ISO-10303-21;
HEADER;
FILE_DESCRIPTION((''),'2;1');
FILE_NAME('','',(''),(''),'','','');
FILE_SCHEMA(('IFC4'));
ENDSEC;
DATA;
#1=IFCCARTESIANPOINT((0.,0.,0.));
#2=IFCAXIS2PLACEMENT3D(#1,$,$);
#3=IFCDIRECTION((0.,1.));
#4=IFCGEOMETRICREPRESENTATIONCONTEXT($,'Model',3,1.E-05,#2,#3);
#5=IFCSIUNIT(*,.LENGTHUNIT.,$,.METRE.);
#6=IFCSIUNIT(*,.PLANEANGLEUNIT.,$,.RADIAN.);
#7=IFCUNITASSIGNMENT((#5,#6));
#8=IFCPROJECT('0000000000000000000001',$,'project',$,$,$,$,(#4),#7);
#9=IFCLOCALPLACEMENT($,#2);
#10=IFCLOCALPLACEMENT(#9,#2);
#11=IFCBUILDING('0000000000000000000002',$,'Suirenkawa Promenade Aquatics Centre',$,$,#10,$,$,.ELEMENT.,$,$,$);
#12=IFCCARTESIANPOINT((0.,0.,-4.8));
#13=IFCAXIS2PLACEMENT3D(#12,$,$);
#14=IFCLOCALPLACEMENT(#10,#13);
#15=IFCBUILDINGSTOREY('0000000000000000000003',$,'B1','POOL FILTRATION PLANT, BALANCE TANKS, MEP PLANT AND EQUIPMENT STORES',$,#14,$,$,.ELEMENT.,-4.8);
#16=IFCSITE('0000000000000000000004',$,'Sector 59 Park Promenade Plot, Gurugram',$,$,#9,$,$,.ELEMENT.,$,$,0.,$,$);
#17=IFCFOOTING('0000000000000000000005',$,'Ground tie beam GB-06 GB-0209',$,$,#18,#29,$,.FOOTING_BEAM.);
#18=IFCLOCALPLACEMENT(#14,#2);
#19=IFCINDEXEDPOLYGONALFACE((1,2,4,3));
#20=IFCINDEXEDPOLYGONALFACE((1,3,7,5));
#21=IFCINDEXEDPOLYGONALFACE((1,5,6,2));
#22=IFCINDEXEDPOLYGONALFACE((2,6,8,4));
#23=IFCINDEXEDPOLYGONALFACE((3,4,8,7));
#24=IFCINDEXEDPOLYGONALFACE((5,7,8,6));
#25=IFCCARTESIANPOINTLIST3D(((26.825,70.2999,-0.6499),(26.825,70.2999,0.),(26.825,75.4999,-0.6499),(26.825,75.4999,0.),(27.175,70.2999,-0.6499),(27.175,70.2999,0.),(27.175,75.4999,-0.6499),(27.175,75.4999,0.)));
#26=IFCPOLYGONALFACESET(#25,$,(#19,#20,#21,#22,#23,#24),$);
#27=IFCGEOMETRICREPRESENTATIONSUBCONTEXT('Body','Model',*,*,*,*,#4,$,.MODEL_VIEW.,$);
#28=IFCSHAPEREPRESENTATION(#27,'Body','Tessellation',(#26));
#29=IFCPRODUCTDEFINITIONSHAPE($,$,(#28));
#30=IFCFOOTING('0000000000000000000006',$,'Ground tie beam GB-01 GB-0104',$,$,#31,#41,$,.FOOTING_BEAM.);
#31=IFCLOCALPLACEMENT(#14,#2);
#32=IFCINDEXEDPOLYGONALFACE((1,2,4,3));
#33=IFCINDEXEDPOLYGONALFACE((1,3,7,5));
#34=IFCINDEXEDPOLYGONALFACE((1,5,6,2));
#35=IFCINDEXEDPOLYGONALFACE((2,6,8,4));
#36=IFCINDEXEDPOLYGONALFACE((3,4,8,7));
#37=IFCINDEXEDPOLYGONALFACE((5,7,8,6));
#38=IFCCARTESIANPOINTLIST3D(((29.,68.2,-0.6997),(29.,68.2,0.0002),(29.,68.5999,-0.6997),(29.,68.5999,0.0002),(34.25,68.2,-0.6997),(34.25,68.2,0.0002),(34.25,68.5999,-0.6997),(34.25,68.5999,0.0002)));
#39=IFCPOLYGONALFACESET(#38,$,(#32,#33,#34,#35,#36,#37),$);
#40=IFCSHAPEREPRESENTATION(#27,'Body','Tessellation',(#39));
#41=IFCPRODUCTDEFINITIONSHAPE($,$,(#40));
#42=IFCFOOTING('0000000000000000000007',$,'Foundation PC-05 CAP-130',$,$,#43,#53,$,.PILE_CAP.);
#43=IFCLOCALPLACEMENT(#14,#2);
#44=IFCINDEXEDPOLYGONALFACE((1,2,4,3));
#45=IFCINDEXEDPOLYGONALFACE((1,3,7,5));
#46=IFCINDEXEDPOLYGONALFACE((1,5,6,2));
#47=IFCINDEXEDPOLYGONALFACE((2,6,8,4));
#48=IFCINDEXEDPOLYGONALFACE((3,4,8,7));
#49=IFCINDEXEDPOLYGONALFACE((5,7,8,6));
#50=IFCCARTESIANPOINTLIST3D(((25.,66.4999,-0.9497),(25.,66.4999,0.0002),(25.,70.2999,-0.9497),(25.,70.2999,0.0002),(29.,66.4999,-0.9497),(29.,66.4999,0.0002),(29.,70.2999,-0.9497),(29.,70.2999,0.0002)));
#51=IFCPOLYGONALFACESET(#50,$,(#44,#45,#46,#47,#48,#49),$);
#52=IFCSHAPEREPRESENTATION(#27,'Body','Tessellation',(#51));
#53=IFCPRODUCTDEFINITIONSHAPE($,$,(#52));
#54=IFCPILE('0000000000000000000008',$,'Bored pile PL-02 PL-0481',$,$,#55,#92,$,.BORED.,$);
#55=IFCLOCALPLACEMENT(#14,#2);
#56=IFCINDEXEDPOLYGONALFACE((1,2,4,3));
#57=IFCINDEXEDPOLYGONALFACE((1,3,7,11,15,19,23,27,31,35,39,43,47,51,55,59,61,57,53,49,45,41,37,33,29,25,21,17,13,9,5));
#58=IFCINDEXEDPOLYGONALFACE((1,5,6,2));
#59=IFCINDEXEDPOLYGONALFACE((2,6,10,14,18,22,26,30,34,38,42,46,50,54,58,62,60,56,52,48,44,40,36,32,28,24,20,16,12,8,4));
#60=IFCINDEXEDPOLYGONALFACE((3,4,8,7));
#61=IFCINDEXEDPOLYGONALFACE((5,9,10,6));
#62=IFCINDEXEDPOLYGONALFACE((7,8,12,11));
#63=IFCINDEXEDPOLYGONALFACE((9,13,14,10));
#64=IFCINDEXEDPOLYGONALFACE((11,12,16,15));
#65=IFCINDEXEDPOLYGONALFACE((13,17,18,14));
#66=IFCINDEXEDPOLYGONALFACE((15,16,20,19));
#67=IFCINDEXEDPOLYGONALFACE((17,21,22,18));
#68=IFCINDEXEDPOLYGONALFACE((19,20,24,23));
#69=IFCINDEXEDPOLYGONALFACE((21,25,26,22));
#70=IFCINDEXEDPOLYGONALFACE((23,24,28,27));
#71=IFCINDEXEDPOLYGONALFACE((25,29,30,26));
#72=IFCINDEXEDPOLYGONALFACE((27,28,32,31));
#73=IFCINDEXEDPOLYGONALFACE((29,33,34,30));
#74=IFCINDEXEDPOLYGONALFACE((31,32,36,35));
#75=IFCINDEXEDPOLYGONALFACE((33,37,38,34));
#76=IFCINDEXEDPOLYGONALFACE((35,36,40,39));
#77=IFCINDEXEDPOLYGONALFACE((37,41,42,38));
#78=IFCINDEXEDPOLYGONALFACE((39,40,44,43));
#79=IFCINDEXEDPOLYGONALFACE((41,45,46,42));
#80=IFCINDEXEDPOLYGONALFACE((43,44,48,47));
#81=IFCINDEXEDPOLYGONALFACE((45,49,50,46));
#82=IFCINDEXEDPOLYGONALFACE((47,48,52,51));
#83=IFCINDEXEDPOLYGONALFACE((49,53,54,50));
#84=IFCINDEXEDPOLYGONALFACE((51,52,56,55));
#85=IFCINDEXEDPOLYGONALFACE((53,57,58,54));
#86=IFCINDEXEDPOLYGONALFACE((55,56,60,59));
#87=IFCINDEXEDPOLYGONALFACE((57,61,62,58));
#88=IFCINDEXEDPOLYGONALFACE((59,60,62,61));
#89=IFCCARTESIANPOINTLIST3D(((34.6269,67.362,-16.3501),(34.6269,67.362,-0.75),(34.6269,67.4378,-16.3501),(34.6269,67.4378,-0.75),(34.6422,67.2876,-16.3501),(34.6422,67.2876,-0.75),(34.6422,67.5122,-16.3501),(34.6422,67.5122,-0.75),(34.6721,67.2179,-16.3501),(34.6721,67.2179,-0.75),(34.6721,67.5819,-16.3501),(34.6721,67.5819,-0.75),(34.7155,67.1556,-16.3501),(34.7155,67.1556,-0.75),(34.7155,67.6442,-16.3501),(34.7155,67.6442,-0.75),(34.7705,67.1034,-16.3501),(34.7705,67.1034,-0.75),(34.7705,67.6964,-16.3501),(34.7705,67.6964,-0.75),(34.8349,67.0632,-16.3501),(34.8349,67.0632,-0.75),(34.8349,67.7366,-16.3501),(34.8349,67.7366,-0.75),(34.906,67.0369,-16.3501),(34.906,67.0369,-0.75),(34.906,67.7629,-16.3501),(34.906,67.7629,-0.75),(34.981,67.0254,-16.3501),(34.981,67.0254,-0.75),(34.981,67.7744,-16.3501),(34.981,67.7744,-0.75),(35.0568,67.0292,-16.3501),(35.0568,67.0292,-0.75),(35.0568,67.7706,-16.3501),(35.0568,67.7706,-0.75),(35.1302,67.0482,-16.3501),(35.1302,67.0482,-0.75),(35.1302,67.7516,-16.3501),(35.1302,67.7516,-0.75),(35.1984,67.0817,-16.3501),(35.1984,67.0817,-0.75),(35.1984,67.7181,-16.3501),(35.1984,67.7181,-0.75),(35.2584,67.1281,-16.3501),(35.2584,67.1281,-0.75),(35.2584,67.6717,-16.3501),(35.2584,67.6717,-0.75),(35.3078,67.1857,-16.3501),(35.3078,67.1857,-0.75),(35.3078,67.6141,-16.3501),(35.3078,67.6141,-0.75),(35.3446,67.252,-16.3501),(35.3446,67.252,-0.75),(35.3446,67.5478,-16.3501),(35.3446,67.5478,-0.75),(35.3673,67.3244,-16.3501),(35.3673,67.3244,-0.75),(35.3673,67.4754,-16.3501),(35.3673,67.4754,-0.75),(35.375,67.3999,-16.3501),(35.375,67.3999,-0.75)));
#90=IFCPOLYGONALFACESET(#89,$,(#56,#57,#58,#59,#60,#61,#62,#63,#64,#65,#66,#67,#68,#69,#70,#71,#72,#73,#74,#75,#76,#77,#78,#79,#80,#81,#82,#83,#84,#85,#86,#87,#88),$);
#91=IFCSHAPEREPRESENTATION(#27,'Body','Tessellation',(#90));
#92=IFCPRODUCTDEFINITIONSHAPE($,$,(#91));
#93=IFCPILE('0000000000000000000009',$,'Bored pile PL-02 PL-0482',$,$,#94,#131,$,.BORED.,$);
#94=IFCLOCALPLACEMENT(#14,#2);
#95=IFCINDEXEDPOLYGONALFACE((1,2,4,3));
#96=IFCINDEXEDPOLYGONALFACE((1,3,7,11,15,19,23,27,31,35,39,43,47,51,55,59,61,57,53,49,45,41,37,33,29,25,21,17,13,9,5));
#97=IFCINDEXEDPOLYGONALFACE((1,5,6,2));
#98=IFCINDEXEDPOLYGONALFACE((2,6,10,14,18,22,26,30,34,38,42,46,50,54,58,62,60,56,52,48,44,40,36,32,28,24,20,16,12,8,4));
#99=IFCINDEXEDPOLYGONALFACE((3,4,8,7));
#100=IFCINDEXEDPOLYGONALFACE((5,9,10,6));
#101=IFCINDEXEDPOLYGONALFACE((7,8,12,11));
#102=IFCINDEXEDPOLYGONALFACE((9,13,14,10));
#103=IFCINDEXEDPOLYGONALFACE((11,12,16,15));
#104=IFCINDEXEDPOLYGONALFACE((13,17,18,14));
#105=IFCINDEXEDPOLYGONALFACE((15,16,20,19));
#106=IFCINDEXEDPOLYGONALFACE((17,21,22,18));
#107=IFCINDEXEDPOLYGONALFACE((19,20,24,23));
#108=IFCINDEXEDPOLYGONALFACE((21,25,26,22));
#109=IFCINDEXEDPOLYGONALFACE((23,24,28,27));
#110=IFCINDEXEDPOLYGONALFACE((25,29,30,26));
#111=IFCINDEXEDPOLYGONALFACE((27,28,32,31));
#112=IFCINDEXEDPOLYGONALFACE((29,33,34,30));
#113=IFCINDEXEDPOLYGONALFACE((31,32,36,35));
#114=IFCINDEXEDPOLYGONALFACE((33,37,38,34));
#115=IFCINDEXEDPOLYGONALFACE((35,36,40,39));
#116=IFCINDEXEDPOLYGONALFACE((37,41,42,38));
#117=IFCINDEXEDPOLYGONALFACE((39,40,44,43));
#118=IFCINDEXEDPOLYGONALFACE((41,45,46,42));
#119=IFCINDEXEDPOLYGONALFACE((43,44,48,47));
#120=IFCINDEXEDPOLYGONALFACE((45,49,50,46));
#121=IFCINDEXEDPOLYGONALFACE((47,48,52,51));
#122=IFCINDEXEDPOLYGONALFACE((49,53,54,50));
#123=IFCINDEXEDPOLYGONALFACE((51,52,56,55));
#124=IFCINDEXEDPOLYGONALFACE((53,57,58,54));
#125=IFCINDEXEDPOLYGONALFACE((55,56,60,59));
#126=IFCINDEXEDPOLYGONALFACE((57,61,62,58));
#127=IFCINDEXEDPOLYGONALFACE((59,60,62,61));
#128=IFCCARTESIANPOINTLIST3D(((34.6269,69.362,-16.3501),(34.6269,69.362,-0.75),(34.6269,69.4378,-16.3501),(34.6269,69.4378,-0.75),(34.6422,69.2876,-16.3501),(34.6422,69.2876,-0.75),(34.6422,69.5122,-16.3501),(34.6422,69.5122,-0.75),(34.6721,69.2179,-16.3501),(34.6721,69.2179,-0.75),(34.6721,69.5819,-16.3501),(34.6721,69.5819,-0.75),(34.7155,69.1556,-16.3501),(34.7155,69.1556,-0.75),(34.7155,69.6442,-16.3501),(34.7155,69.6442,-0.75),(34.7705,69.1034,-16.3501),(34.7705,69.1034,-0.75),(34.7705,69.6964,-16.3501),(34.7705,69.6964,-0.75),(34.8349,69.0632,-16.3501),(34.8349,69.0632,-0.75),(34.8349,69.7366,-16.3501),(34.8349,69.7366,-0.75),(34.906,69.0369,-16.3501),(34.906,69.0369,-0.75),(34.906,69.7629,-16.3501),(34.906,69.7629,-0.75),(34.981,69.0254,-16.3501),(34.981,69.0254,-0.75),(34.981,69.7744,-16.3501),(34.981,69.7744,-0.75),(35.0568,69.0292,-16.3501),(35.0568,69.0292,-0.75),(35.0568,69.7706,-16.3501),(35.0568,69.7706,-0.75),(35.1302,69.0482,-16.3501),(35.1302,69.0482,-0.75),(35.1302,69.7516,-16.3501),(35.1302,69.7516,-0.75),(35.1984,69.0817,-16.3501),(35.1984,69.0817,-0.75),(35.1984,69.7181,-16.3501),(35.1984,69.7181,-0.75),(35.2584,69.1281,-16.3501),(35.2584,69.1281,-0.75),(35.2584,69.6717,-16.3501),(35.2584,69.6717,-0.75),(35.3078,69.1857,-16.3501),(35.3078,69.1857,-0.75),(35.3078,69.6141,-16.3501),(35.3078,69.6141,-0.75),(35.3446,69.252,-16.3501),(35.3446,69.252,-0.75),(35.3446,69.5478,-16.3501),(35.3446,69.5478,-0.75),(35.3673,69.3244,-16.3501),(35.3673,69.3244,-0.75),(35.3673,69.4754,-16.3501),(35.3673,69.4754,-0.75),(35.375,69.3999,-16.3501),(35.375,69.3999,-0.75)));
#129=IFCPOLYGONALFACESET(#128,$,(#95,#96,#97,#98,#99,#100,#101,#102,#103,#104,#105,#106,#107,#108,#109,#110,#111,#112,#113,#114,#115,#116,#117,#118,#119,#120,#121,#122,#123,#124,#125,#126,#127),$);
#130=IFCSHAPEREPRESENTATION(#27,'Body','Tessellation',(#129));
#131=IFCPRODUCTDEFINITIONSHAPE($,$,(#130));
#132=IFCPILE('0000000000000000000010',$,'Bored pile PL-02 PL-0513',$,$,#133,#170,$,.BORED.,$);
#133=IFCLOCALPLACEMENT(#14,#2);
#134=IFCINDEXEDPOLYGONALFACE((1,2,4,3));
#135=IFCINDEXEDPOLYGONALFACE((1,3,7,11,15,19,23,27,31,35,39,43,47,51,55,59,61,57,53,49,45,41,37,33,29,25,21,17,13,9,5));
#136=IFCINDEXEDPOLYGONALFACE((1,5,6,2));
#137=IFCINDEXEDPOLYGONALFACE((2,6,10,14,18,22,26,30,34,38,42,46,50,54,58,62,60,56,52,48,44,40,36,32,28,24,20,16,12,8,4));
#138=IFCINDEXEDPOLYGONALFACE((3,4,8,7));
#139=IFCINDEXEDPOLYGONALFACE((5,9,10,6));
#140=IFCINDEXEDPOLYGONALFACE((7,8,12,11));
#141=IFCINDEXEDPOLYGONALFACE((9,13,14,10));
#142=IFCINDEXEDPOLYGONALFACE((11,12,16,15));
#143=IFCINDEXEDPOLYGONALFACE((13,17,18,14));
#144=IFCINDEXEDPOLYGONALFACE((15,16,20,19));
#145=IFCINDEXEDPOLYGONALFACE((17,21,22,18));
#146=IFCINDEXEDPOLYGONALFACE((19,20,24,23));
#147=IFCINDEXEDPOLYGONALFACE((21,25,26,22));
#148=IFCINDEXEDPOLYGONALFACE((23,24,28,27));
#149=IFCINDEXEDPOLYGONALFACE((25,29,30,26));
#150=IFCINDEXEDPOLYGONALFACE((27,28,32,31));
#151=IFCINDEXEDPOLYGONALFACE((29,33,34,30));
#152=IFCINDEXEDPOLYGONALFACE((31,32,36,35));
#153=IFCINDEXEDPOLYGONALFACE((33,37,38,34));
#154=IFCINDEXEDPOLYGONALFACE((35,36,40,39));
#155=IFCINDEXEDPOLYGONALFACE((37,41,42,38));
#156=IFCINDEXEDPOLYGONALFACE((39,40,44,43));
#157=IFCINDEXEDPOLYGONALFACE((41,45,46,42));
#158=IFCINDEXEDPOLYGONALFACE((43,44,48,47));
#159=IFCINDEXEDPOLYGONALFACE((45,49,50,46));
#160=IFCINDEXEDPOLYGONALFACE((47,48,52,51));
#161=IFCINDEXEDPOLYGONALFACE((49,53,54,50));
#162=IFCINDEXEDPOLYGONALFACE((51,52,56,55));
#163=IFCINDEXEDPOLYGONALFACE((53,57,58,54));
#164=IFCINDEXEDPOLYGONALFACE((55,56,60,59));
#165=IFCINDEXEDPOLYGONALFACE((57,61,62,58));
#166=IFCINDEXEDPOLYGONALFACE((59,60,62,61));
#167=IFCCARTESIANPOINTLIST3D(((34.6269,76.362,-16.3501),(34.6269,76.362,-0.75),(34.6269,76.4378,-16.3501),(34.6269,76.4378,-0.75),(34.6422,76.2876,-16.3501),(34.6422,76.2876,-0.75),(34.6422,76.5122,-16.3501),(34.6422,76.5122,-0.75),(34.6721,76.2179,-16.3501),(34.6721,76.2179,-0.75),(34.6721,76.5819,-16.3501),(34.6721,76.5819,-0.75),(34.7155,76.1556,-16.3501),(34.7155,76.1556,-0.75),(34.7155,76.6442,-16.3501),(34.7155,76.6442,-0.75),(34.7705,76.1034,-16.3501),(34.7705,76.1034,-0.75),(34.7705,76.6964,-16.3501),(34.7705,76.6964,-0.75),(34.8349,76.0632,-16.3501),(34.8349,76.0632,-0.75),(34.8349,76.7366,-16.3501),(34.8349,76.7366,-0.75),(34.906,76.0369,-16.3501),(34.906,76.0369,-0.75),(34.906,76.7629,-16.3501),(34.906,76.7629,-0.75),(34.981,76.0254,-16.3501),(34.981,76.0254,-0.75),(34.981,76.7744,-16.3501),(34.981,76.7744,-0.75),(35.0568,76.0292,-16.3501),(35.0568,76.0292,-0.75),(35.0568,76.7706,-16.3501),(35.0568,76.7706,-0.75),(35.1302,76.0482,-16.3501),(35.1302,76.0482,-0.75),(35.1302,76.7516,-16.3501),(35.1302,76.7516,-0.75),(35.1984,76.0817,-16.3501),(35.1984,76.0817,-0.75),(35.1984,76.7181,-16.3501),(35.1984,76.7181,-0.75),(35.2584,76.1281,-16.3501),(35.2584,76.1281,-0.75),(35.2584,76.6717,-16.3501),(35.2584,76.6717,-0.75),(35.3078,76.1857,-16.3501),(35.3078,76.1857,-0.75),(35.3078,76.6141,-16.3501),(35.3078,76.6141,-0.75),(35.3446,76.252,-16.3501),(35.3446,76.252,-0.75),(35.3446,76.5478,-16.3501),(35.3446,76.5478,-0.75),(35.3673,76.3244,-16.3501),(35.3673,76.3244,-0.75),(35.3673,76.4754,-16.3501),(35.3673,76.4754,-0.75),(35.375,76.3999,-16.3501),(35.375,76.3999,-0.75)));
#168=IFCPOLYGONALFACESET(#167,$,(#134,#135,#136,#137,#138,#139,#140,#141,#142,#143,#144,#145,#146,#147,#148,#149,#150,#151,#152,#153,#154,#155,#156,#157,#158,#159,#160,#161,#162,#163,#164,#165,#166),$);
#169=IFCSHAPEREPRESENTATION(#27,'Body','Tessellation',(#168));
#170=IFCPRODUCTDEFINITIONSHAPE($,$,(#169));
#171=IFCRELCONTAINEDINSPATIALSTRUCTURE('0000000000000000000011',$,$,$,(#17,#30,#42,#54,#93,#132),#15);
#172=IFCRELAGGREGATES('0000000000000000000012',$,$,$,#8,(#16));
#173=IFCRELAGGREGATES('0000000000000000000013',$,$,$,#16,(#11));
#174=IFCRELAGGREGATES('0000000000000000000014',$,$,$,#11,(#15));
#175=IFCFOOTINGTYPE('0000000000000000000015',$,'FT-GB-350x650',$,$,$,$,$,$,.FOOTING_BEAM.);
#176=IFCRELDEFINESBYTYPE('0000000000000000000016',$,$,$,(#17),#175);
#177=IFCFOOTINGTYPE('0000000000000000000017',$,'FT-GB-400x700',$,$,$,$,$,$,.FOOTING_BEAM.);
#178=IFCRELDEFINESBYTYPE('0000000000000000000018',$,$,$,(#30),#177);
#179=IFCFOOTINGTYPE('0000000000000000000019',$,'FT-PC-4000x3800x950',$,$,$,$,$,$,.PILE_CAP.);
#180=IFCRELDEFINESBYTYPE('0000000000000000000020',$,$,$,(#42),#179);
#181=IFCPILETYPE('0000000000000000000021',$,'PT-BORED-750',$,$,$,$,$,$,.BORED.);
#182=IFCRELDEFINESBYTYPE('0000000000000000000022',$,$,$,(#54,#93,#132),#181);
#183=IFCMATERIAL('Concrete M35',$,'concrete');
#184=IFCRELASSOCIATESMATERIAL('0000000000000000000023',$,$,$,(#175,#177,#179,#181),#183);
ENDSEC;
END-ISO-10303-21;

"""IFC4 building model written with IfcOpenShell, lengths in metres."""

from ifc_helpers import new_model, si_unit, direction, frame, origin, origin_2d, place, context, subcontext, project, spatial, rectangle, circle, extrude, material, material_profile, profile_set, type_object, element, save


model = new_model("IFC4")

# Units and contexts
model_context = context("Model", 3, precision=1e-05, world=origin(), true_north=direction((0.0, 1.0)))
body_context = subcontext(model_context, "Body", "Model", "MODEL_VIEW")
ifc_project = project(units=[si_unit("LENGTHUNIT", "METRE"), si_unit("PLANEANGLEUNIT", "RADIAN")], contexts=[model_context])

# Site, building, storey
site_placement = place(None, origin())
site = spatial("IfcSite", under=ifc_project, at=site_placement, Name="Sector 59 Park Promenade Plot, Gurugram", CompositionType="ELEMENT", RefElevation=0.0)
building_placement = place(site_placement, origin())
building = spatial("IfcBuilding", under=site, at=building_placement, Name="Suirenkawa Promenade Aquatics Centre", CompositionType="ELEMENT")
storey_placement = place(building_placement, frame((0.0, 0.0, -4.8)))
storey = spatial("IfcBuildingStorey", under=building, at=storey_placement, Name="B1", Description="POOL FILTRATION PLANT, BALANCE TANKS, MEP PLANT AND EQUIPMENT STORES", CompositionType="ELEMENT", Elevation=-4.8)

# Footings
ifc_material_1 = material(Name="Concrete M35", Category="concrete")
footing_type_1 = type_object("IfcFootingType", Name="FT-GB-350x650", PredefinedType="FOOTING_BEAM", material=ifc_material_1)
footing_1_placement = place(storey_placement, frame((27.0, 72.8999, -0.6499), z_axis=(0.0, 0.0, 1.0), x_axis=(0.0, 1.0, 0.0)))
element("IfcFooting", 1, at=footing_1_placement, inside=storey, type_object=footing_type_1, Name="Ground tie beam GB-06 GB-0209", PredefinedType="FOOTING_BEAM", context=body_context, shape_type="SweptSolid", body=[
    extrude(rectangle(XDim=5.2, YDim=0.3501, at=origin_2d()), origin(), (0.0, 0.0, 1.0), 0.6499),
])
footing_type_2 = type_object("IfcFootingType", Name="FT-GB-400x700", PredefinedType="FOOTING_BEAM", material=ifc_material_1)
footing_2_placement = place(storey_placement, frame((31.625, 68.3999, -0.6997), z_axis=(0.0, 0.0, 1.0), x_axis=(1.0, 0.0, 0.0)))
element("IfcFooting", 2, at=footing_2_placement, inside=storey, type_object=footing_type_2, Name="Ground tie beam GB-01 GB-0104", PredefinedType="FOOTING_BEAM", context=body_context, shape_type="SweptSolid", body=[
    extrude(rectangle(XDim=5.25, YDim=0.3999, at=origin_2d()), origin(), (0.0, 0.0, 1.0), 0.7),
])
footing_type_3 = type_object("IfcFootingType", Name="FT-PC-4000x3800x950", PredefinedType="PILE_CAP", material=ifc_material_1)
footing_3_placement = place(storey_placement, frame((27.0, 68.3999, -0.9497), z_axis=(0.0, 0.0, 1.0), x_axis=(1.0, 0.0, 0.0)))
element("IfcFooting", 3, at=footing_3_placement, inside=storey, type_object=footing_type_3, Name="Foundation PC-05 CAP-130", PredefinedType="PILE_CAP", context=body_context, shape_type="SweptSolid", body=[
    extrude(rectangle(XDim=4.0, YDim=3.8, at=origin_2d()), origin(), (0.0, 0.0, 1.0), 0.95),
])

# Piles
ifc_material_profile_1 = material_profile(ifc_material_1, circle(Radius=0.375, at=origin_2d()), Name="PILE D750", Category="concrete")
ifc_profile_set_1 = profile_set([ifc_material_profile_1], Name="Concrete M35")
pile_type_1 = type_object("IfcPileType", Name="PT-BORED-750", PredefinedType="BORED", material=ifc_profile_set_1)
for number, where, z_axis, x_axis, name in (
    (4, (35.0, 67.3999, -0.75), (0.0, 0.0, -1.0), (1.0, 0.0, 0.0), "Bored pile PL-02 PL-0481"),
    (5, (35.0, 69.3999, -0.75), (0.0, 0.0, -1.0), (1.0, 0.0, 0.0), "Bored pile PL-02 PL-0482"),
    (6, (35.0, 76.3999, -0.75), (0.0, 0.0, -1.0), (1.0, 0.0, 0.0), "Bored pile PL-02 PL-0513"),
):
    element("IfcPile", number, at=place(storey_placement, frame(where, z_axis=z_axis, x_axis=x_axis)), inside=storey, type_object=pile_type_1, Name=name, PredefinedType="BORED", context=body_context, shape_type="SweptSolid", body=[
        extrude(circle(Radius=0.375, at=origin_2d()), origin(), (0.0, 0.0, 1.0), 15.6001),
    ])

save(model, "model.ifc")
